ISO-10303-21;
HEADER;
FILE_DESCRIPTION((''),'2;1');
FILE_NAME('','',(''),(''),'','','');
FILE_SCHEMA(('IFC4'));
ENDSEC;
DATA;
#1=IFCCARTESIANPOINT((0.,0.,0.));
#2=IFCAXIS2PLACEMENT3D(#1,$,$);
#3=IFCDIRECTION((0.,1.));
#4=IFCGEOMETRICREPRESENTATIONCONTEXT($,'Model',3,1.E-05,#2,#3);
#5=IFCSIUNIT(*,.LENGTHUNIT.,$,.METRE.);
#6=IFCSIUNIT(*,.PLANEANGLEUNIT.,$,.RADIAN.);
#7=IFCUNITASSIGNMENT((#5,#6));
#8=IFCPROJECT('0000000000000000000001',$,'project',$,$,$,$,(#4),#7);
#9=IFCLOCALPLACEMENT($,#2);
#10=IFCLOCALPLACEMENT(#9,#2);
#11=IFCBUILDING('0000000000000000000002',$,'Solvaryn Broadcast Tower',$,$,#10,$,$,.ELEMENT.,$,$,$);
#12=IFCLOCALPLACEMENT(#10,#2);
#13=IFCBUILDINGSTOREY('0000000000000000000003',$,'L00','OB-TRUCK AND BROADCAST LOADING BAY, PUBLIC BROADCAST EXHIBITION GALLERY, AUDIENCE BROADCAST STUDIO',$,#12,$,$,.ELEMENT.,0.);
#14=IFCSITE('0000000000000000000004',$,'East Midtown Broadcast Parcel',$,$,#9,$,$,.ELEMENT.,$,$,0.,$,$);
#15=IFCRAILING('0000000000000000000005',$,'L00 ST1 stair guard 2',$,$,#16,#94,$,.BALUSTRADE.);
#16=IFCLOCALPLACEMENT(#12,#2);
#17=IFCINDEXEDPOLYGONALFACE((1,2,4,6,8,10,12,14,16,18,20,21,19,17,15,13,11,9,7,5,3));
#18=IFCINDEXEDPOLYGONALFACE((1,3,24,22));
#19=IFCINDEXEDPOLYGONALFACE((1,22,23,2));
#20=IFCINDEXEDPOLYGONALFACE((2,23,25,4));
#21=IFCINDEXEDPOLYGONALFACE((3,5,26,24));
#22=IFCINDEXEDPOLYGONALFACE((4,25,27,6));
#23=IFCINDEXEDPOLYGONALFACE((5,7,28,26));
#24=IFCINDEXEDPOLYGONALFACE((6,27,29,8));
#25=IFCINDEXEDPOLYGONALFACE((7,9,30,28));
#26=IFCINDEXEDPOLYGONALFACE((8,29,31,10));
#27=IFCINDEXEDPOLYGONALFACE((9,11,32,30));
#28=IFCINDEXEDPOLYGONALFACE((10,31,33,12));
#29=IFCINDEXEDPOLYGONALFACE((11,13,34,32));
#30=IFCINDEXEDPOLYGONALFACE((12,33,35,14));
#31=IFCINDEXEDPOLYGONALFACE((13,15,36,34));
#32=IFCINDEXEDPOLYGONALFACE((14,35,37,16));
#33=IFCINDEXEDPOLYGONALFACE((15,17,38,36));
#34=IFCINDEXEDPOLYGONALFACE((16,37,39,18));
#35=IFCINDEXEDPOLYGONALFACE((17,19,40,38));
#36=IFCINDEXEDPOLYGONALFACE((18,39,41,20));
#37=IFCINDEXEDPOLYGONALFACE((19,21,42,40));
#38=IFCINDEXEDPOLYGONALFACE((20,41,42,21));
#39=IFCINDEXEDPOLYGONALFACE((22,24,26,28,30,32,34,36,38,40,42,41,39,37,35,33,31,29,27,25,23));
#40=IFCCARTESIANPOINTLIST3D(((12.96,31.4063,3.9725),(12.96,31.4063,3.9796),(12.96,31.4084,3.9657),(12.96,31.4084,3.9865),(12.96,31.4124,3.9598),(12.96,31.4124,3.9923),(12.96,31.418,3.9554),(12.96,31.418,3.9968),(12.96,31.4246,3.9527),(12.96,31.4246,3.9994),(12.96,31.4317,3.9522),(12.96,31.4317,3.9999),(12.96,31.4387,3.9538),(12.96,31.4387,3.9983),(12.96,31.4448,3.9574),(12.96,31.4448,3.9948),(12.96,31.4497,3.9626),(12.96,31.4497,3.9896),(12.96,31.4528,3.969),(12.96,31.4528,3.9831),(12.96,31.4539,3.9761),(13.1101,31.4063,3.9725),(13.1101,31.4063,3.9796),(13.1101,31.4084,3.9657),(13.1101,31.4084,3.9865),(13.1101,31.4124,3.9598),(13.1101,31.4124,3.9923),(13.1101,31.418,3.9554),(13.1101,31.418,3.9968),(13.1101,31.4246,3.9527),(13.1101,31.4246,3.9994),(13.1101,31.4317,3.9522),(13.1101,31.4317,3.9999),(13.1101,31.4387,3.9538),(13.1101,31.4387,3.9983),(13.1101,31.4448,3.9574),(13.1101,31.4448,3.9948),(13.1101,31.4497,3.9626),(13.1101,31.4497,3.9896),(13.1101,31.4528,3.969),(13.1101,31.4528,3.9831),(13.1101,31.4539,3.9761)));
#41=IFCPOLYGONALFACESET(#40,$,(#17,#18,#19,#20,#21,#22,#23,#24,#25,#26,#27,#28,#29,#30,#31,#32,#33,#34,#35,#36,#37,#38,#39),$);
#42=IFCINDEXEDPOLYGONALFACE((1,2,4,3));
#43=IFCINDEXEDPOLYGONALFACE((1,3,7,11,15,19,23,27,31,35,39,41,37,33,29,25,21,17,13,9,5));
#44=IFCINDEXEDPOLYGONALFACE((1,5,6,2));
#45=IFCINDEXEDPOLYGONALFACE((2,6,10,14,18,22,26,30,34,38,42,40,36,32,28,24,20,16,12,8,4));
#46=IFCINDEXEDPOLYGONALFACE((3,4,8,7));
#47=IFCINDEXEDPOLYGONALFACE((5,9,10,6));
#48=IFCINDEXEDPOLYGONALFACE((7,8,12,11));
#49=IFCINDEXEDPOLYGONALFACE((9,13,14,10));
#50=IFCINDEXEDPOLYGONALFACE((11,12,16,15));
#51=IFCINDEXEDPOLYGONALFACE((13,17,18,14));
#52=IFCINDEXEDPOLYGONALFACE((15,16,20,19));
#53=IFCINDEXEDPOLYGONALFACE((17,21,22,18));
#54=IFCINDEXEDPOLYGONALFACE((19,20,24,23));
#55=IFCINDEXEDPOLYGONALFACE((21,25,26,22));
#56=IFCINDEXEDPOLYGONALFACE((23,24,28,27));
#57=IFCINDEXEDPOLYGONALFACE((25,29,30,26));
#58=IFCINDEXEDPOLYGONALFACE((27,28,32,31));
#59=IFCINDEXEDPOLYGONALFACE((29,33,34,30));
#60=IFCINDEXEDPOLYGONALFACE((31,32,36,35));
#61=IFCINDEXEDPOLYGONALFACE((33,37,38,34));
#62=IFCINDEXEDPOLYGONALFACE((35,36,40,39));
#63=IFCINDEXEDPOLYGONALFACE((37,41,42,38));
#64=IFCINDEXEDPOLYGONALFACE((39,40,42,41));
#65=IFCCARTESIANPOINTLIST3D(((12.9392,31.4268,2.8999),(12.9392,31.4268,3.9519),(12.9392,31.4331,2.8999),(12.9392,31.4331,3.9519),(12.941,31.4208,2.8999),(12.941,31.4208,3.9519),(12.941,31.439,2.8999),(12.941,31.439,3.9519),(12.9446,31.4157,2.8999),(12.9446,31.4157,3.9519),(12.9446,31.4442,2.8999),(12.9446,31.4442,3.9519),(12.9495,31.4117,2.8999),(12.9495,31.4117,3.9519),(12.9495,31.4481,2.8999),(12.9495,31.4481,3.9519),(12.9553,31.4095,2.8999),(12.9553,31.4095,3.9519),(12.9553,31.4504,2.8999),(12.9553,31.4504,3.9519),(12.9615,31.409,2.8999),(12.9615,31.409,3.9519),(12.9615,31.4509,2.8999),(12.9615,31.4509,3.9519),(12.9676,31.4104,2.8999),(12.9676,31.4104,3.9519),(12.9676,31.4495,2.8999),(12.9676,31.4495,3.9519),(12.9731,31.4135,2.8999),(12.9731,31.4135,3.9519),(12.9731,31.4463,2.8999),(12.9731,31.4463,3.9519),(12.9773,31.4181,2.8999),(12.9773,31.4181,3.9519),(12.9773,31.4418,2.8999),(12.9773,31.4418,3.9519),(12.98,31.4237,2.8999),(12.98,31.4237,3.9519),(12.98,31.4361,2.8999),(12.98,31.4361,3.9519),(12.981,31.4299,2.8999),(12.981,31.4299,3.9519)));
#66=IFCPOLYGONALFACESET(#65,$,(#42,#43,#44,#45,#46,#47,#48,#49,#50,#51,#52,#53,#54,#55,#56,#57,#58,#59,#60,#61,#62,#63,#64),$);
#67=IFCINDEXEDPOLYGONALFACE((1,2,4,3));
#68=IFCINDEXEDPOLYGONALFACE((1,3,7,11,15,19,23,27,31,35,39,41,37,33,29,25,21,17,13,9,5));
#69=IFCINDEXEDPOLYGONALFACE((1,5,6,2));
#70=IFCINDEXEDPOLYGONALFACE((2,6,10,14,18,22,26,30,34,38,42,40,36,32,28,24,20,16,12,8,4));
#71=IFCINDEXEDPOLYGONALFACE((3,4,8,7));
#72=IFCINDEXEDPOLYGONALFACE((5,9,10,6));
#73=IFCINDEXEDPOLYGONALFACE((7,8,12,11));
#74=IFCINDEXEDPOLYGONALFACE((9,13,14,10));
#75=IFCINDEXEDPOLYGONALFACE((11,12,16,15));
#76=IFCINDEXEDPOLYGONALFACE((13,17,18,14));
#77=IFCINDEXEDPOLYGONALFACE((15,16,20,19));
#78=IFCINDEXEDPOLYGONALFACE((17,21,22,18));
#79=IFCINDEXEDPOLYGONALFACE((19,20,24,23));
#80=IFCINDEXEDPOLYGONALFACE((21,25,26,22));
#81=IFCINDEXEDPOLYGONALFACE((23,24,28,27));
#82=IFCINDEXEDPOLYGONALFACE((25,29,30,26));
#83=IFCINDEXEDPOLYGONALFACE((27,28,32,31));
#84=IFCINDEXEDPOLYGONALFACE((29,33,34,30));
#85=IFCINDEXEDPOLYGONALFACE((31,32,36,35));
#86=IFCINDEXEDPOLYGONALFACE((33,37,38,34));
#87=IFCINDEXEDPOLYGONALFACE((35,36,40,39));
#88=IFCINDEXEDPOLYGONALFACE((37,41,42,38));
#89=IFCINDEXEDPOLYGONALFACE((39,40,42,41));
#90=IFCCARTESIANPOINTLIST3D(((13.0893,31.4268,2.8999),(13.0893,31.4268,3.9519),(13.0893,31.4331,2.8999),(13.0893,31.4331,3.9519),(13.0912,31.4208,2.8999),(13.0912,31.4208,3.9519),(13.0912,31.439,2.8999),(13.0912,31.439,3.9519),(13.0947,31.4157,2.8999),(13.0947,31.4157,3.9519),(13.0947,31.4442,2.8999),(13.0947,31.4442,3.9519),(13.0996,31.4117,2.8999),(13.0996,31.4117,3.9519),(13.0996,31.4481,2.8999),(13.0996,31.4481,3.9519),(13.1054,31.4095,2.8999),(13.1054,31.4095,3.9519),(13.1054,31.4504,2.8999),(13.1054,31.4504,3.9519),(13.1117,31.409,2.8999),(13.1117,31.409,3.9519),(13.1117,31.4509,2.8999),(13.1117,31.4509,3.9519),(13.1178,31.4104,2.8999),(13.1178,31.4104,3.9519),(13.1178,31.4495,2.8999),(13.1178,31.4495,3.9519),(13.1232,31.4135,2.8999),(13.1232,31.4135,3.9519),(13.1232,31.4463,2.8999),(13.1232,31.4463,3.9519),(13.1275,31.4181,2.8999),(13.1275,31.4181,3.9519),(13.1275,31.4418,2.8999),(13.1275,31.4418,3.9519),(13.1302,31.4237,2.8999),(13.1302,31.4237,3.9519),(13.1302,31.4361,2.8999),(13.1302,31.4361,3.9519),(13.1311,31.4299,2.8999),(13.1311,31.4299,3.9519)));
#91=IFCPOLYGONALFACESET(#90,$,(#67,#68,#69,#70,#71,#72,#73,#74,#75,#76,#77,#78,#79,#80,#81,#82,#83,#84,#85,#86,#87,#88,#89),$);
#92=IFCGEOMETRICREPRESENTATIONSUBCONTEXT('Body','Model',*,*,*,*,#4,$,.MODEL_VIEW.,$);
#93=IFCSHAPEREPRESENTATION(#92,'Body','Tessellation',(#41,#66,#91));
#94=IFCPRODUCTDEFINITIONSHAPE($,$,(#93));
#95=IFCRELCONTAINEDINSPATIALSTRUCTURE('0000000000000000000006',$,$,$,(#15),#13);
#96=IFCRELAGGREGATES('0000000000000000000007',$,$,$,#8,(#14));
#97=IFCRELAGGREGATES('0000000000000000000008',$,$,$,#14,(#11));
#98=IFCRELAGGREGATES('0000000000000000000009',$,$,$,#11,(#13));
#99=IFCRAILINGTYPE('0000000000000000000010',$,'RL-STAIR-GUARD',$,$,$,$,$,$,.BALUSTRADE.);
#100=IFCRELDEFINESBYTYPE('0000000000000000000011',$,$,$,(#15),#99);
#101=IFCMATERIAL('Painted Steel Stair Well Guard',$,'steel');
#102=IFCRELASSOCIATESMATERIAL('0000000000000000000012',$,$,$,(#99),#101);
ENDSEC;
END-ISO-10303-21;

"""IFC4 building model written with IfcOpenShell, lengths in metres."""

from ifc_helpers import new_model, si_unit, direction, frame, origin, origin_2d, place, context, subcontext, project, spatial, circle, extrude, material, type_object, element, save


model = new_model("IFC4")

# Units and contexts
model_context = context("Model", 3, precision=1e-05, world=origin(), true_north=direction((0.0, 1.0)))
body_context = subcontext(model_context, "Body", "Model", "MODEL_VIEW")
ifc_project = project(units=[si_unit("LENGTHUNIT", "METRE"), si_unit("PLANEANGLEUNIT", "RADIAN")], contexts=[model_context])

# Site, building, storey
site_placement = place(None, origin())
site = spatial("IfcSite", under=ifc_project, at=site_placement, Name="East Midtown Broadcast Parcel", CompositionType="ELEMENT", RefElevation=0.0)
building_placement = place(site_placement, origin())
building = spatial("IfcBuilding", under=site, at=building_placement, Name="Solvaryn Broadcast Tower", CompositionType="ELEMENT")
storey_placement = place(building_placement, origin())
storey = spatial("IfcBuildingStorey", under=building, at=storey_placement, Name="L00", Description="OB-TRUCK AND BROADCAST LOADING BAY, PUBLIC BROADCAST EXHIBITION GALLERY, AUDIENCE BROADCAST STUDIO", CompositionType="ELEMENT", Elevation=0.0)

# Railing
ifc_material_1 = material(Name="Painted Steel Stair Well Guard", Category="steel")
railing_type_1 = type_object("IfcRailingType", Name="RL-STAIR-GUARD", PredefinedType="BALUSTRADE", material=ifc_material_1)
railing_1_placement = place(storey_placement, frame((12.96, 31.4299, 2.8999)))
element("IfcRailing", 1, at=railing_1_placement, inside=storey, type_object=railing_type_1, Name="L00 ST1 stair guard 2", PredefinedType="BALUSTRADE", context=body_context, shape_type="SweptSolid", body=[
    extrude(circle(Radius=0.0239, at=origin_2d()), frame((0.0, 0.0, 1.0762), z_axis=(1.0, 0.0, 0.0), x_axis=(0.0, 1.0, 0.0)), (0.0, 0.0, 1.0), 0.1501),
    extrude(circle(Radius=0.021, at=origin_2d()), origin(), (0.0, 0.0, 1.0), 1.052),
    extrude(circle(Radius=0.021, at=origin_2d()), frame((0.1501, 0.0, 0.0)), (0.0, 0.0, 1.0), 1.052),
])

save(model, "model.ifc")
